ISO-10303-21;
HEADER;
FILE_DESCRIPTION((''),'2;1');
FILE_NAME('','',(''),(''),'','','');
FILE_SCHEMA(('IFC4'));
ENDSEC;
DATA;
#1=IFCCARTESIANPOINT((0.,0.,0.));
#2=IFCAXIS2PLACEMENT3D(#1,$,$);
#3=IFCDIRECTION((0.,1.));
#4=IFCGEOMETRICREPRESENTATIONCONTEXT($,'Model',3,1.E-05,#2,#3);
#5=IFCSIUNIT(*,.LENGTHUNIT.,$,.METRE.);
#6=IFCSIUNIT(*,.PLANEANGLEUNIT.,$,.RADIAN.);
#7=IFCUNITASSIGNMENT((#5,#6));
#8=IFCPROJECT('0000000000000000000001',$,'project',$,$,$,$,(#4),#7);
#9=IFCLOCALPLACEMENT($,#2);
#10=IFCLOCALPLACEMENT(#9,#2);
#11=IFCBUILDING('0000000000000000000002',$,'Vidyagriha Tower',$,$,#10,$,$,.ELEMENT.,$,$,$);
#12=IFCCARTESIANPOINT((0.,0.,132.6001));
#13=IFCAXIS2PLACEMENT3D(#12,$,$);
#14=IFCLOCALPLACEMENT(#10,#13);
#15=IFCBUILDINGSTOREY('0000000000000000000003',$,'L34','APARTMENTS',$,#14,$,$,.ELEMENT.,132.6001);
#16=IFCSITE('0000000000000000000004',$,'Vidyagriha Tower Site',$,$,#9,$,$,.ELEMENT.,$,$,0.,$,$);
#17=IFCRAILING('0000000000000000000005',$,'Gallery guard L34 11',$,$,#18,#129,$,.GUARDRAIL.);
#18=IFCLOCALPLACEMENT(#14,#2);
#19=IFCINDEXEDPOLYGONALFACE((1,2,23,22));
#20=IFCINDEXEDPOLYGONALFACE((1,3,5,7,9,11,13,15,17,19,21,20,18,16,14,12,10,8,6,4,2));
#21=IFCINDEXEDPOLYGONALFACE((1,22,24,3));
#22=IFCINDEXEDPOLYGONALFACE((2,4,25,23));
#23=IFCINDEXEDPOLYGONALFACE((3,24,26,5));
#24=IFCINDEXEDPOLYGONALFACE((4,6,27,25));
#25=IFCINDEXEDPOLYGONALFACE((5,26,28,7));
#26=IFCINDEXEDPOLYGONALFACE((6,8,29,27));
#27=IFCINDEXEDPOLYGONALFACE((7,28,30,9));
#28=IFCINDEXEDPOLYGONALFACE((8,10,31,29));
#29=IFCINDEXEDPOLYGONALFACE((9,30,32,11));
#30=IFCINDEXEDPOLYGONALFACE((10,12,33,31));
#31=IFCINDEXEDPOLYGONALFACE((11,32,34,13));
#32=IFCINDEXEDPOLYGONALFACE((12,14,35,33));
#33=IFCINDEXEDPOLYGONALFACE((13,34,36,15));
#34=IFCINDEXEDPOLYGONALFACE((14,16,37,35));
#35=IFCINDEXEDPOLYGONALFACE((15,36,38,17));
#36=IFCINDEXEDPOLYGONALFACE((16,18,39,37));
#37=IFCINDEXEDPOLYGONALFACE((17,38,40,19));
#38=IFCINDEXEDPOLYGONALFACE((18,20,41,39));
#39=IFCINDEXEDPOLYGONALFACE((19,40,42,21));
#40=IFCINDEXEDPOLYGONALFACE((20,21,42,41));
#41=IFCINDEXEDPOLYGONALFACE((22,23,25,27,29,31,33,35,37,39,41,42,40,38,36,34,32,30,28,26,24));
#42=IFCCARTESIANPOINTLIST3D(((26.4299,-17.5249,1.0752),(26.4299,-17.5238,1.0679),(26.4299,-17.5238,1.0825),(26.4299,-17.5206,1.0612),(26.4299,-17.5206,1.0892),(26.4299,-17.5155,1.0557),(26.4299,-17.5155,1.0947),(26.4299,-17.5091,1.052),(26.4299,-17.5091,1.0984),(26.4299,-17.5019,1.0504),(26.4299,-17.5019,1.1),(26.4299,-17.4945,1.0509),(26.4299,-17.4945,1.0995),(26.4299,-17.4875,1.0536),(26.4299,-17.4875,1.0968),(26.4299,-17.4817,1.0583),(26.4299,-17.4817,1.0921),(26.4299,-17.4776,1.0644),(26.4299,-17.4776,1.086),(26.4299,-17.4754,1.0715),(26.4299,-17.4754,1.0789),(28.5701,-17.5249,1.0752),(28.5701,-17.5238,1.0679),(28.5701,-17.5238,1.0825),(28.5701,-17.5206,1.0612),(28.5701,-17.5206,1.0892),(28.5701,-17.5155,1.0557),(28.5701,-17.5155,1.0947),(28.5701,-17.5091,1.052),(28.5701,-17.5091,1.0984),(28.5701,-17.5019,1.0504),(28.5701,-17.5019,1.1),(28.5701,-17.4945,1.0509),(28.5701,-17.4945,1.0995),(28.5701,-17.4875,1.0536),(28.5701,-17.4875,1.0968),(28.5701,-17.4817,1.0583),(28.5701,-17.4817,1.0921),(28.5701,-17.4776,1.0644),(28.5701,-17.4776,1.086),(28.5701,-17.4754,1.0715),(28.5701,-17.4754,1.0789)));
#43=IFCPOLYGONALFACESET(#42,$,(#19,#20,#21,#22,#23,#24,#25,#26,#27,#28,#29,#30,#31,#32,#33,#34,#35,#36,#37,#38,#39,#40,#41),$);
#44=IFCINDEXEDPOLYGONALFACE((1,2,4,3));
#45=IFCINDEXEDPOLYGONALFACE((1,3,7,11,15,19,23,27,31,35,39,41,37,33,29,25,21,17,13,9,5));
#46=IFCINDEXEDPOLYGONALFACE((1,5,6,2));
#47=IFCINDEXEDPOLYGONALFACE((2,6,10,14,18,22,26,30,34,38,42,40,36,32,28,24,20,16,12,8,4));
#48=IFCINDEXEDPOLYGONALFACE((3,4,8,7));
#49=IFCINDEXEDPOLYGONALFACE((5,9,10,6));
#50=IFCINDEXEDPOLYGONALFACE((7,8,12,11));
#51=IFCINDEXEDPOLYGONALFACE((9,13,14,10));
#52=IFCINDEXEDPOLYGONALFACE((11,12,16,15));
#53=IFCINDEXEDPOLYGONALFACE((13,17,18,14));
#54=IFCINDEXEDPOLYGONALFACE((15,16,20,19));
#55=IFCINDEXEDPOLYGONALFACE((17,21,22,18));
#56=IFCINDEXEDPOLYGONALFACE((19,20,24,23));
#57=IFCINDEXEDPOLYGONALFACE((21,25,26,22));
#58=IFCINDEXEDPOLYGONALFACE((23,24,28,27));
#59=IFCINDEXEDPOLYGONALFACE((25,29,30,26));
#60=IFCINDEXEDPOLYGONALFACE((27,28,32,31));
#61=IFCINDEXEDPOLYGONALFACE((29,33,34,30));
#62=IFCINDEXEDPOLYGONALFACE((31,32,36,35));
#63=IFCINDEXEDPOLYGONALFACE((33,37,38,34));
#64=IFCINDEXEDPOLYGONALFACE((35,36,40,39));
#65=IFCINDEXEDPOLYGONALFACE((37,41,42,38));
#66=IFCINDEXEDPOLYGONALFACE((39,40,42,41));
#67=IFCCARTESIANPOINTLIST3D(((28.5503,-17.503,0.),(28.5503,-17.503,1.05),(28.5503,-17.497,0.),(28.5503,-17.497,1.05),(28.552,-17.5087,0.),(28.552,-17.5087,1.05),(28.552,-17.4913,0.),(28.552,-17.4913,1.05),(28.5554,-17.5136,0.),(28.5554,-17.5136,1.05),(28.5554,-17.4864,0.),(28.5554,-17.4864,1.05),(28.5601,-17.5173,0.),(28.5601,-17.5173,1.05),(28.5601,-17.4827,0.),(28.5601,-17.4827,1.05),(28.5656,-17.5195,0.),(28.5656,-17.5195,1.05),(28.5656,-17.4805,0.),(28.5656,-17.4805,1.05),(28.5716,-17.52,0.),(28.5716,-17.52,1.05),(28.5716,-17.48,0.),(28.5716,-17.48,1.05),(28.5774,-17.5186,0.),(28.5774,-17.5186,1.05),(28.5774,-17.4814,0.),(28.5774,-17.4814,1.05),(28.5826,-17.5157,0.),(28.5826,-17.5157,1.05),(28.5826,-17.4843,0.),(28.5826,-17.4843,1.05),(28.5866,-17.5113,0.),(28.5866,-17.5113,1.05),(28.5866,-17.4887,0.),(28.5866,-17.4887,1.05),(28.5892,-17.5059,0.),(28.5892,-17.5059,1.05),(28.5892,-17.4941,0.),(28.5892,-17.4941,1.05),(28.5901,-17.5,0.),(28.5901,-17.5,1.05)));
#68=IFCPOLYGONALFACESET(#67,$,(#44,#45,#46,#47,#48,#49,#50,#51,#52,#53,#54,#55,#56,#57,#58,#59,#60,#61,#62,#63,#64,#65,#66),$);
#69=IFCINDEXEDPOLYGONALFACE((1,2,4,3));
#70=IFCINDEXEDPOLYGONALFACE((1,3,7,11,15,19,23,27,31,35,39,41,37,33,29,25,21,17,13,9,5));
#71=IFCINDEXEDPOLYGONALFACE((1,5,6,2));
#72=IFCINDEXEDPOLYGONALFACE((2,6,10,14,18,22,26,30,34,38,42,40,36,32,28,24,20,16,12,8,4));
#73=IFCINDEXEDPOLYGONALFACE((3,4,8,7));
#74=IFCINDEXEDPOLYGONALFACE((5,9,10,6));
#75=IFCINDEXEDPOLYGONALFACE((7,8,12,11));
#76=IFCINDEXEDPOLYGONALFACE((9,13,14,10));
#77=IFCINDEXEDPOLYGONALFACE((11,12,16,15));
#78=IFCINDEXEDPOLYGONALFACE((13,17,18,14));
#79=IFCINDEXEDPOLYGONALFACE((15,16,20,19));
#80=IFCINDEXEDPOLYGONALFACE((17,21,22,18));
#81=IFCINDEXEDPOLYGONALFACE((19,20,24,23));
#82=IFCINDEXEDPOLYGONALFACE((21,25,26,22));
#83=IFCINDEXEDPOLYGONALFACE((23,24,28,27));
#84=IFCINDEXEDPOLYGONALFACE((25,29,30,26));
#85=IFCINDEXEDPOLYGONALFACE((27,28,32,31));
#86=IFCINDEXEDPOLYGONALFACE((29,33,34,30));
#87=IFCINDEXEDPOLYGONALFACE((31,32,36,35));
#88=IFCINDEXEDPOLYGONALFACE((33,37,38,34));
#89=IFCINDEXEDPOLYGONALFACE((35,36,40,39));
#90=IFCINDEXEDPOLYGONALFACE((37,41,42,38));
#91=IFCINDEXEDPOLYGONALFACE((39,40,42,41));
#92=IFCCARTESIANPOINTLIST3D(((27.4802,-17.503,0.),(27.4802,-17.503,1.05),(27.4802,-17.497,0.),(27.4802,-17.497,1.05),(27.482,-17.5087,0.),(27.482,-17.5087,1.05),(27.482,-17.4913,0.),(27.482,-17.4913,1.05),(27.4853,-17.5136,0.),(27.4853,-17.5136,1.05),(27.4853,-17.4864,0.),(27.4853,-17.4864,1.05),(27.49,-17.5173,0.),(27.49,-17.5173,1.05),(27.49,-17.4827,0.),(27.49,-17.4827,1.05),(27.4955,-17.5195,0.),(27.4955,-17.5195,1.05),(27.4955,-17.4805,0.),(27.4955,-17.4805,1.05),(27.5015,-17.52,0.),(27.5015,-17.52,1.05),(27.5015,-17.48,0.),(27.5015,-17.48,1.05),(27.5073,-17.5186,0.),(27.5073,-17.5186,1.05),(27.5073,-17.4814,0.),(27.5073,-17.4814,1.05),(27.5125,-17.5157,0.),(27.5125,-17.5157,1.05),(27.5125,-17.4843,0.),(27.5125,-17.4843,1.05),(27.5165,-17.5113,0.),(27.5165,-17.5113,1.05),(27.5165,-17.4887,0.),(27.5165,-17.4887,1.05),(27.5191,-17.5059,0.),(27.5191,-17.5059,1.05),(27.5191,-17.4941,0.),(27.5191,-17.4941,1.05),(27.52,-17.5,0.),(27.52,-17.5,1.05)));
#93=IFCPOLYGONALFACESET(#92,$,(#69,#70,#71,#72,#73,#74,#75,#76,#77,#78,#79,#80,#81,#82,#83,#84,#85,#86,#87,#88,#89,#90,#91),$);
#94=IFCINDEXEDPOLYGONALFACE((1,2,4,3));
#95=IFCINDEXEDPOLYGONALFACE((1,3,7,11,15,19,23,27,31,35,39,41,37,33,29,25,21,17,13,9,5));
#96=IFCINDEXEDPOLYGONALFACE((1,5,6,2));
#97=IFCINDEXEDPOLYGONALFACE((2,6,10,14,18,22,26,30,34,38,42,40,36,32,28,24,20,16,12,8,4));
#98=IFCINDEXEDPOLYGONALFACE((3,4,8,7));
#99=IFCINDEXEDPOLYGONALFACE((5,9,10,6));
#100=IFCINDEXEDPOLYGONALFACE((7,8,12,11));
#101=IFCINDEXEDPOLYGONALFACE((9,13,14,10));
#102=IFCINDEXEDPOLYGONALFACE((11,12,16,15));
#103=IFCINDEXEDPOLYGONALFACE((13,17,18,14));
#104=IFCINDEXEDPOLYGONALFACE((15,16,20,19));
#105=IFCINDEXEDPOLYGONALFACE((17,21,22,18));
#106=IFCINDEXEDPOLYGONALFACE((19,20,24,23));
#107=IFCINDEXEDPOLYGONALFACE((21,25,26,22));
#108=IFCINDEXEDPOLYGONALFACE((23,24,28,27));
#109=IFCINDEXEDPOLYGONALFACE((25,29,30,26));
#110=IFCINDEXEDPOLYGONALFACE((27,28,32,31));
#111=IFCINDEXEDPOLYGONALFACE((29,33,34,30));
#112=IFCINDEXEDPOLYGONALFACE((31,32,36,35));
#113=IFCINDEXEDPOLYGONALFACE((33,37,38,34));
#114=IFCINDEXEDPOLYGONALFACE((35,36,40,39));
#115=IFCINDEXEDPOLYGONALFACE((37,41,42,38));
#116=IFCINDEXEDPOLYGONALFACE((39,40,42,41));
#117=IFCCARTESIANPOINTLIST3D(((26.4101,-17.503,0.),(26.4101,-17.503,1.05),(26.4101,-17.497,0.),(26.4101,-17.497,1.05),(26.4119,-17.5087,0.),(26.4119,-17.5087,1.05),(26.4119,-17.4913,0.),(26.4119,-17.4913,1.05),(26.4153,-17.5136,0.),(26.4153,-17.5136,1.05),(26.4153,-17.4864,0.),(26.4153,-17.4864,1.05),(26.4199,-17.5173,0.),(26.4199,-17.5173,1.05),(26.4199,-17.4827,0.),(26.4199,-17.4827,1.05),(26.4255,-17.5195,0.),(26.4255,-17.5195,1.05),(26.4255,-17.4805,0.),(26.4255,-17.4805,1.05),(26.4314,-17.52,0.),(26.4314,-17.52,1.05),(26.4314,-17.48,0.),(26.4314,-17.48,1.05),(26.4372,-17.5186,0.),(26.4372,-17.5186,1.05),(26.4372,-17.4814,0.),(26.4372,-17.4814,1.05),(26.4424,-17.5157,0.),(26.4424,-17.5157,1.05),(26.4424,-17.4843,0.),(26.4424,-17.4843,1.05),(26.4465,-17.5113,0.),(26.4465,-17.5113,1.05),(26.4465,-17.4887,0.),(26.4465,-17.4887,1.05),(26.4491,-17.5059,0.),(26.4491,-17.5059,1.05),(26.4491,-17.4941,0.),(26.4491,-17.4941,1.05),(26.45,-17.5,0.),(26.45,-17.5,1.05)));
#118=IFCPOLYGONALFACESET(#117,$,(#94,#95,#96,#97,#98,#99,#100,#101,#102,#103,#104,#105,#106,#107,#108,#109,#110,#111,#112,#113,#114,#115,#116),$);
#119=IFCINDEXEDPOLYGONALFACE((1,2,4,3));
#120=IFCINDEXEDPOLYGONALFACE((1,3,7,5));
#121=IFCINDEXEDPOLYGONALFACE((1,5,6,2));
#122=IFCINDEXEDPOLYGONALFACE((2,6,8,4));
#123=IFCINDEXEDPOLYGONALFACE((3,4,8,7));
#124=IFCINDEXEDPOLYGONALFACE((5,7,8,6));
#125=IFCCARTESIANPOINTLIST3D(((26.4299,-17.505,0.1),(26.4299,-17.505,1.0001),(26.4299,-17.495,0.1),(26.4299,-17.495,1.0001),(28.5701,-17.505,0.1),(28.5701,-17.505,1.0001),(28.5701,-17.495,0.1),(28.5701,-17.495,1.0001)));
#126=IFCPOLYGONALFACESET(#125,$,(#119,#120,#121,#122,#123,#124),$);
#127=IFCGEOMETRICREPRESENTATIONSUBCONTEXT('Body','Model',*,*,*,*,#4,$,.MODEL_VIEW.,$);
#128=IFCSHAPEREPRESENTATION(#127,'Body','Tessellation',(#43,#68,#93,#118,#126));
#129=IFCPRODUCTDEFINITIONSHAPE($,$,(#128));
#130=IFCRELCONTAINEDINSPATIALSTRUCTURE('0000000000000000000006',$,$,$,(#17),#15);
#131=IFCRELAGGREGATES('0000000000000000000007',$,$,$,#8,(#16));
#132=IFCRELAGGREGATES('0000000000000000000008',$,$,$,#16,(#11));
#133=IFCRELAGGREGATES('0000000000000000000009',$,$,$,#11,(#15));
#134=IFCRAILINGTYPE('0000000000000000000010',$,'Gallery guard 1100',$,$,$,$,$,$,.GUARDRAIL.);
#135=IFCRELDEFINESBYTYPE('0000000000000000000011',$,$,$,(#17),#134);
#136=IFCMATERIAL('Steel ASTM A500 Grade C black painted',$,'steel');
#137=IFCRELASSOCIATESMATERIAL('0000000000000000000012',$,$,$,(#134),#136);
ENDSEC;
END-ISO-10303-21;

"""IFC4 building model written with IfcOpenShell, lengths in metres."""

from ifc_helpers import new_model, si_unit, direction, frame, origin, origin_2d, place, context, subcontext, project, spatial, rectangle, circle, extrude, material, type_object, element, save


model = new_model("IFC4")

# Units and contexts
model_context = context("Model", 3, precision=1e-05, world=origin(), true_north=direction((0.0, 1.0)))
body_context = subcontext(model_context, "Body", "Model", "MODEL_VIEW")
ifc_project = project(units=[si_unit("LENGTHUNIT", "METRE"), si_unit("PLANEANGLEUNIT", "RADIAN")], contexts=[model_context])

# Site, building, storey
site_placement = place(None, origin())
site = spatial("IfcSite", under=ifc_project, at=site_placement, Name="Vidyagriha Tower Site", CompositionType="ELEMENT", RefElevation=0.0)
building_placement = place(site_placement, origin())
building = spatial("IfcBuilding", under=site, at=building_placement, Name="Vidyagriha Tower", CompositionType="ELEMENT")
storey_placement = place(building_placement, frame((0.0, 0.0, 132.6001)))
storey = spatial("IfcBuildingStorey", under=building, at=storey_placement, Name="L34", Description="APARTMENTS", CompositionType="ELEMENT", Elevation=132.6001)

# Railing
ifc_material_1 = material(Name="Steel ASTM A500 Grade C black painted", Category="steel")
railing_type = type_object("IfcRailingType", Name="Gallery guard 1100", PredefinedType="GUARDRAIL", material=ifc_material_1)
railing_1_placement = place(storey_placement, frame((28.5701, -17.5, 0.0)))
element("IfcRailing", 1, at=railing_1_placement, inside=storey, type_object=railing_type, Name="Gallery guard L34 11", PredefinedType="GUARDRAIL", context=body_context, shape_type="SweptSolid", body=[
    extrude(circle(Radius=0.0249, at=origin_2d()), frame((0.0, 0.0, 1.0752), z_axis=(-1.0, 0.0, 0.0), x_axis=(0.0, -1.0, 0.0)), (0.0, 0.0, 1.0), 2.1401),
    extrude(circle(Radius=0.02, at=origin_2d()), origin(), (0.0, 0.0, 1.0), 1.05),
    extrude(circle(Radius=0.02, at=origin_2d()), frame((-1.0701, 0.0, 0.0)), (0.0, 0.0, 1.0), 1.05),
    extrude(circle(Radius=0.02, at=origin_2d()), frame((-2.1401, 0.0, 0.0)), (0.0, 0.0, 1.0), 1.05),
    extrude(rectangle(XDim=0.01, YDim=0.9001, at=origin_2d()), frame((0.0, 0.0, 0.55), z_axis=(-1.0, 0.0, 0.0), x_axis=(0.0, -1.0, 0.0)), (0.0, 0.0, 1.0), 2.1401),
])

save(model, "model.ifc")
